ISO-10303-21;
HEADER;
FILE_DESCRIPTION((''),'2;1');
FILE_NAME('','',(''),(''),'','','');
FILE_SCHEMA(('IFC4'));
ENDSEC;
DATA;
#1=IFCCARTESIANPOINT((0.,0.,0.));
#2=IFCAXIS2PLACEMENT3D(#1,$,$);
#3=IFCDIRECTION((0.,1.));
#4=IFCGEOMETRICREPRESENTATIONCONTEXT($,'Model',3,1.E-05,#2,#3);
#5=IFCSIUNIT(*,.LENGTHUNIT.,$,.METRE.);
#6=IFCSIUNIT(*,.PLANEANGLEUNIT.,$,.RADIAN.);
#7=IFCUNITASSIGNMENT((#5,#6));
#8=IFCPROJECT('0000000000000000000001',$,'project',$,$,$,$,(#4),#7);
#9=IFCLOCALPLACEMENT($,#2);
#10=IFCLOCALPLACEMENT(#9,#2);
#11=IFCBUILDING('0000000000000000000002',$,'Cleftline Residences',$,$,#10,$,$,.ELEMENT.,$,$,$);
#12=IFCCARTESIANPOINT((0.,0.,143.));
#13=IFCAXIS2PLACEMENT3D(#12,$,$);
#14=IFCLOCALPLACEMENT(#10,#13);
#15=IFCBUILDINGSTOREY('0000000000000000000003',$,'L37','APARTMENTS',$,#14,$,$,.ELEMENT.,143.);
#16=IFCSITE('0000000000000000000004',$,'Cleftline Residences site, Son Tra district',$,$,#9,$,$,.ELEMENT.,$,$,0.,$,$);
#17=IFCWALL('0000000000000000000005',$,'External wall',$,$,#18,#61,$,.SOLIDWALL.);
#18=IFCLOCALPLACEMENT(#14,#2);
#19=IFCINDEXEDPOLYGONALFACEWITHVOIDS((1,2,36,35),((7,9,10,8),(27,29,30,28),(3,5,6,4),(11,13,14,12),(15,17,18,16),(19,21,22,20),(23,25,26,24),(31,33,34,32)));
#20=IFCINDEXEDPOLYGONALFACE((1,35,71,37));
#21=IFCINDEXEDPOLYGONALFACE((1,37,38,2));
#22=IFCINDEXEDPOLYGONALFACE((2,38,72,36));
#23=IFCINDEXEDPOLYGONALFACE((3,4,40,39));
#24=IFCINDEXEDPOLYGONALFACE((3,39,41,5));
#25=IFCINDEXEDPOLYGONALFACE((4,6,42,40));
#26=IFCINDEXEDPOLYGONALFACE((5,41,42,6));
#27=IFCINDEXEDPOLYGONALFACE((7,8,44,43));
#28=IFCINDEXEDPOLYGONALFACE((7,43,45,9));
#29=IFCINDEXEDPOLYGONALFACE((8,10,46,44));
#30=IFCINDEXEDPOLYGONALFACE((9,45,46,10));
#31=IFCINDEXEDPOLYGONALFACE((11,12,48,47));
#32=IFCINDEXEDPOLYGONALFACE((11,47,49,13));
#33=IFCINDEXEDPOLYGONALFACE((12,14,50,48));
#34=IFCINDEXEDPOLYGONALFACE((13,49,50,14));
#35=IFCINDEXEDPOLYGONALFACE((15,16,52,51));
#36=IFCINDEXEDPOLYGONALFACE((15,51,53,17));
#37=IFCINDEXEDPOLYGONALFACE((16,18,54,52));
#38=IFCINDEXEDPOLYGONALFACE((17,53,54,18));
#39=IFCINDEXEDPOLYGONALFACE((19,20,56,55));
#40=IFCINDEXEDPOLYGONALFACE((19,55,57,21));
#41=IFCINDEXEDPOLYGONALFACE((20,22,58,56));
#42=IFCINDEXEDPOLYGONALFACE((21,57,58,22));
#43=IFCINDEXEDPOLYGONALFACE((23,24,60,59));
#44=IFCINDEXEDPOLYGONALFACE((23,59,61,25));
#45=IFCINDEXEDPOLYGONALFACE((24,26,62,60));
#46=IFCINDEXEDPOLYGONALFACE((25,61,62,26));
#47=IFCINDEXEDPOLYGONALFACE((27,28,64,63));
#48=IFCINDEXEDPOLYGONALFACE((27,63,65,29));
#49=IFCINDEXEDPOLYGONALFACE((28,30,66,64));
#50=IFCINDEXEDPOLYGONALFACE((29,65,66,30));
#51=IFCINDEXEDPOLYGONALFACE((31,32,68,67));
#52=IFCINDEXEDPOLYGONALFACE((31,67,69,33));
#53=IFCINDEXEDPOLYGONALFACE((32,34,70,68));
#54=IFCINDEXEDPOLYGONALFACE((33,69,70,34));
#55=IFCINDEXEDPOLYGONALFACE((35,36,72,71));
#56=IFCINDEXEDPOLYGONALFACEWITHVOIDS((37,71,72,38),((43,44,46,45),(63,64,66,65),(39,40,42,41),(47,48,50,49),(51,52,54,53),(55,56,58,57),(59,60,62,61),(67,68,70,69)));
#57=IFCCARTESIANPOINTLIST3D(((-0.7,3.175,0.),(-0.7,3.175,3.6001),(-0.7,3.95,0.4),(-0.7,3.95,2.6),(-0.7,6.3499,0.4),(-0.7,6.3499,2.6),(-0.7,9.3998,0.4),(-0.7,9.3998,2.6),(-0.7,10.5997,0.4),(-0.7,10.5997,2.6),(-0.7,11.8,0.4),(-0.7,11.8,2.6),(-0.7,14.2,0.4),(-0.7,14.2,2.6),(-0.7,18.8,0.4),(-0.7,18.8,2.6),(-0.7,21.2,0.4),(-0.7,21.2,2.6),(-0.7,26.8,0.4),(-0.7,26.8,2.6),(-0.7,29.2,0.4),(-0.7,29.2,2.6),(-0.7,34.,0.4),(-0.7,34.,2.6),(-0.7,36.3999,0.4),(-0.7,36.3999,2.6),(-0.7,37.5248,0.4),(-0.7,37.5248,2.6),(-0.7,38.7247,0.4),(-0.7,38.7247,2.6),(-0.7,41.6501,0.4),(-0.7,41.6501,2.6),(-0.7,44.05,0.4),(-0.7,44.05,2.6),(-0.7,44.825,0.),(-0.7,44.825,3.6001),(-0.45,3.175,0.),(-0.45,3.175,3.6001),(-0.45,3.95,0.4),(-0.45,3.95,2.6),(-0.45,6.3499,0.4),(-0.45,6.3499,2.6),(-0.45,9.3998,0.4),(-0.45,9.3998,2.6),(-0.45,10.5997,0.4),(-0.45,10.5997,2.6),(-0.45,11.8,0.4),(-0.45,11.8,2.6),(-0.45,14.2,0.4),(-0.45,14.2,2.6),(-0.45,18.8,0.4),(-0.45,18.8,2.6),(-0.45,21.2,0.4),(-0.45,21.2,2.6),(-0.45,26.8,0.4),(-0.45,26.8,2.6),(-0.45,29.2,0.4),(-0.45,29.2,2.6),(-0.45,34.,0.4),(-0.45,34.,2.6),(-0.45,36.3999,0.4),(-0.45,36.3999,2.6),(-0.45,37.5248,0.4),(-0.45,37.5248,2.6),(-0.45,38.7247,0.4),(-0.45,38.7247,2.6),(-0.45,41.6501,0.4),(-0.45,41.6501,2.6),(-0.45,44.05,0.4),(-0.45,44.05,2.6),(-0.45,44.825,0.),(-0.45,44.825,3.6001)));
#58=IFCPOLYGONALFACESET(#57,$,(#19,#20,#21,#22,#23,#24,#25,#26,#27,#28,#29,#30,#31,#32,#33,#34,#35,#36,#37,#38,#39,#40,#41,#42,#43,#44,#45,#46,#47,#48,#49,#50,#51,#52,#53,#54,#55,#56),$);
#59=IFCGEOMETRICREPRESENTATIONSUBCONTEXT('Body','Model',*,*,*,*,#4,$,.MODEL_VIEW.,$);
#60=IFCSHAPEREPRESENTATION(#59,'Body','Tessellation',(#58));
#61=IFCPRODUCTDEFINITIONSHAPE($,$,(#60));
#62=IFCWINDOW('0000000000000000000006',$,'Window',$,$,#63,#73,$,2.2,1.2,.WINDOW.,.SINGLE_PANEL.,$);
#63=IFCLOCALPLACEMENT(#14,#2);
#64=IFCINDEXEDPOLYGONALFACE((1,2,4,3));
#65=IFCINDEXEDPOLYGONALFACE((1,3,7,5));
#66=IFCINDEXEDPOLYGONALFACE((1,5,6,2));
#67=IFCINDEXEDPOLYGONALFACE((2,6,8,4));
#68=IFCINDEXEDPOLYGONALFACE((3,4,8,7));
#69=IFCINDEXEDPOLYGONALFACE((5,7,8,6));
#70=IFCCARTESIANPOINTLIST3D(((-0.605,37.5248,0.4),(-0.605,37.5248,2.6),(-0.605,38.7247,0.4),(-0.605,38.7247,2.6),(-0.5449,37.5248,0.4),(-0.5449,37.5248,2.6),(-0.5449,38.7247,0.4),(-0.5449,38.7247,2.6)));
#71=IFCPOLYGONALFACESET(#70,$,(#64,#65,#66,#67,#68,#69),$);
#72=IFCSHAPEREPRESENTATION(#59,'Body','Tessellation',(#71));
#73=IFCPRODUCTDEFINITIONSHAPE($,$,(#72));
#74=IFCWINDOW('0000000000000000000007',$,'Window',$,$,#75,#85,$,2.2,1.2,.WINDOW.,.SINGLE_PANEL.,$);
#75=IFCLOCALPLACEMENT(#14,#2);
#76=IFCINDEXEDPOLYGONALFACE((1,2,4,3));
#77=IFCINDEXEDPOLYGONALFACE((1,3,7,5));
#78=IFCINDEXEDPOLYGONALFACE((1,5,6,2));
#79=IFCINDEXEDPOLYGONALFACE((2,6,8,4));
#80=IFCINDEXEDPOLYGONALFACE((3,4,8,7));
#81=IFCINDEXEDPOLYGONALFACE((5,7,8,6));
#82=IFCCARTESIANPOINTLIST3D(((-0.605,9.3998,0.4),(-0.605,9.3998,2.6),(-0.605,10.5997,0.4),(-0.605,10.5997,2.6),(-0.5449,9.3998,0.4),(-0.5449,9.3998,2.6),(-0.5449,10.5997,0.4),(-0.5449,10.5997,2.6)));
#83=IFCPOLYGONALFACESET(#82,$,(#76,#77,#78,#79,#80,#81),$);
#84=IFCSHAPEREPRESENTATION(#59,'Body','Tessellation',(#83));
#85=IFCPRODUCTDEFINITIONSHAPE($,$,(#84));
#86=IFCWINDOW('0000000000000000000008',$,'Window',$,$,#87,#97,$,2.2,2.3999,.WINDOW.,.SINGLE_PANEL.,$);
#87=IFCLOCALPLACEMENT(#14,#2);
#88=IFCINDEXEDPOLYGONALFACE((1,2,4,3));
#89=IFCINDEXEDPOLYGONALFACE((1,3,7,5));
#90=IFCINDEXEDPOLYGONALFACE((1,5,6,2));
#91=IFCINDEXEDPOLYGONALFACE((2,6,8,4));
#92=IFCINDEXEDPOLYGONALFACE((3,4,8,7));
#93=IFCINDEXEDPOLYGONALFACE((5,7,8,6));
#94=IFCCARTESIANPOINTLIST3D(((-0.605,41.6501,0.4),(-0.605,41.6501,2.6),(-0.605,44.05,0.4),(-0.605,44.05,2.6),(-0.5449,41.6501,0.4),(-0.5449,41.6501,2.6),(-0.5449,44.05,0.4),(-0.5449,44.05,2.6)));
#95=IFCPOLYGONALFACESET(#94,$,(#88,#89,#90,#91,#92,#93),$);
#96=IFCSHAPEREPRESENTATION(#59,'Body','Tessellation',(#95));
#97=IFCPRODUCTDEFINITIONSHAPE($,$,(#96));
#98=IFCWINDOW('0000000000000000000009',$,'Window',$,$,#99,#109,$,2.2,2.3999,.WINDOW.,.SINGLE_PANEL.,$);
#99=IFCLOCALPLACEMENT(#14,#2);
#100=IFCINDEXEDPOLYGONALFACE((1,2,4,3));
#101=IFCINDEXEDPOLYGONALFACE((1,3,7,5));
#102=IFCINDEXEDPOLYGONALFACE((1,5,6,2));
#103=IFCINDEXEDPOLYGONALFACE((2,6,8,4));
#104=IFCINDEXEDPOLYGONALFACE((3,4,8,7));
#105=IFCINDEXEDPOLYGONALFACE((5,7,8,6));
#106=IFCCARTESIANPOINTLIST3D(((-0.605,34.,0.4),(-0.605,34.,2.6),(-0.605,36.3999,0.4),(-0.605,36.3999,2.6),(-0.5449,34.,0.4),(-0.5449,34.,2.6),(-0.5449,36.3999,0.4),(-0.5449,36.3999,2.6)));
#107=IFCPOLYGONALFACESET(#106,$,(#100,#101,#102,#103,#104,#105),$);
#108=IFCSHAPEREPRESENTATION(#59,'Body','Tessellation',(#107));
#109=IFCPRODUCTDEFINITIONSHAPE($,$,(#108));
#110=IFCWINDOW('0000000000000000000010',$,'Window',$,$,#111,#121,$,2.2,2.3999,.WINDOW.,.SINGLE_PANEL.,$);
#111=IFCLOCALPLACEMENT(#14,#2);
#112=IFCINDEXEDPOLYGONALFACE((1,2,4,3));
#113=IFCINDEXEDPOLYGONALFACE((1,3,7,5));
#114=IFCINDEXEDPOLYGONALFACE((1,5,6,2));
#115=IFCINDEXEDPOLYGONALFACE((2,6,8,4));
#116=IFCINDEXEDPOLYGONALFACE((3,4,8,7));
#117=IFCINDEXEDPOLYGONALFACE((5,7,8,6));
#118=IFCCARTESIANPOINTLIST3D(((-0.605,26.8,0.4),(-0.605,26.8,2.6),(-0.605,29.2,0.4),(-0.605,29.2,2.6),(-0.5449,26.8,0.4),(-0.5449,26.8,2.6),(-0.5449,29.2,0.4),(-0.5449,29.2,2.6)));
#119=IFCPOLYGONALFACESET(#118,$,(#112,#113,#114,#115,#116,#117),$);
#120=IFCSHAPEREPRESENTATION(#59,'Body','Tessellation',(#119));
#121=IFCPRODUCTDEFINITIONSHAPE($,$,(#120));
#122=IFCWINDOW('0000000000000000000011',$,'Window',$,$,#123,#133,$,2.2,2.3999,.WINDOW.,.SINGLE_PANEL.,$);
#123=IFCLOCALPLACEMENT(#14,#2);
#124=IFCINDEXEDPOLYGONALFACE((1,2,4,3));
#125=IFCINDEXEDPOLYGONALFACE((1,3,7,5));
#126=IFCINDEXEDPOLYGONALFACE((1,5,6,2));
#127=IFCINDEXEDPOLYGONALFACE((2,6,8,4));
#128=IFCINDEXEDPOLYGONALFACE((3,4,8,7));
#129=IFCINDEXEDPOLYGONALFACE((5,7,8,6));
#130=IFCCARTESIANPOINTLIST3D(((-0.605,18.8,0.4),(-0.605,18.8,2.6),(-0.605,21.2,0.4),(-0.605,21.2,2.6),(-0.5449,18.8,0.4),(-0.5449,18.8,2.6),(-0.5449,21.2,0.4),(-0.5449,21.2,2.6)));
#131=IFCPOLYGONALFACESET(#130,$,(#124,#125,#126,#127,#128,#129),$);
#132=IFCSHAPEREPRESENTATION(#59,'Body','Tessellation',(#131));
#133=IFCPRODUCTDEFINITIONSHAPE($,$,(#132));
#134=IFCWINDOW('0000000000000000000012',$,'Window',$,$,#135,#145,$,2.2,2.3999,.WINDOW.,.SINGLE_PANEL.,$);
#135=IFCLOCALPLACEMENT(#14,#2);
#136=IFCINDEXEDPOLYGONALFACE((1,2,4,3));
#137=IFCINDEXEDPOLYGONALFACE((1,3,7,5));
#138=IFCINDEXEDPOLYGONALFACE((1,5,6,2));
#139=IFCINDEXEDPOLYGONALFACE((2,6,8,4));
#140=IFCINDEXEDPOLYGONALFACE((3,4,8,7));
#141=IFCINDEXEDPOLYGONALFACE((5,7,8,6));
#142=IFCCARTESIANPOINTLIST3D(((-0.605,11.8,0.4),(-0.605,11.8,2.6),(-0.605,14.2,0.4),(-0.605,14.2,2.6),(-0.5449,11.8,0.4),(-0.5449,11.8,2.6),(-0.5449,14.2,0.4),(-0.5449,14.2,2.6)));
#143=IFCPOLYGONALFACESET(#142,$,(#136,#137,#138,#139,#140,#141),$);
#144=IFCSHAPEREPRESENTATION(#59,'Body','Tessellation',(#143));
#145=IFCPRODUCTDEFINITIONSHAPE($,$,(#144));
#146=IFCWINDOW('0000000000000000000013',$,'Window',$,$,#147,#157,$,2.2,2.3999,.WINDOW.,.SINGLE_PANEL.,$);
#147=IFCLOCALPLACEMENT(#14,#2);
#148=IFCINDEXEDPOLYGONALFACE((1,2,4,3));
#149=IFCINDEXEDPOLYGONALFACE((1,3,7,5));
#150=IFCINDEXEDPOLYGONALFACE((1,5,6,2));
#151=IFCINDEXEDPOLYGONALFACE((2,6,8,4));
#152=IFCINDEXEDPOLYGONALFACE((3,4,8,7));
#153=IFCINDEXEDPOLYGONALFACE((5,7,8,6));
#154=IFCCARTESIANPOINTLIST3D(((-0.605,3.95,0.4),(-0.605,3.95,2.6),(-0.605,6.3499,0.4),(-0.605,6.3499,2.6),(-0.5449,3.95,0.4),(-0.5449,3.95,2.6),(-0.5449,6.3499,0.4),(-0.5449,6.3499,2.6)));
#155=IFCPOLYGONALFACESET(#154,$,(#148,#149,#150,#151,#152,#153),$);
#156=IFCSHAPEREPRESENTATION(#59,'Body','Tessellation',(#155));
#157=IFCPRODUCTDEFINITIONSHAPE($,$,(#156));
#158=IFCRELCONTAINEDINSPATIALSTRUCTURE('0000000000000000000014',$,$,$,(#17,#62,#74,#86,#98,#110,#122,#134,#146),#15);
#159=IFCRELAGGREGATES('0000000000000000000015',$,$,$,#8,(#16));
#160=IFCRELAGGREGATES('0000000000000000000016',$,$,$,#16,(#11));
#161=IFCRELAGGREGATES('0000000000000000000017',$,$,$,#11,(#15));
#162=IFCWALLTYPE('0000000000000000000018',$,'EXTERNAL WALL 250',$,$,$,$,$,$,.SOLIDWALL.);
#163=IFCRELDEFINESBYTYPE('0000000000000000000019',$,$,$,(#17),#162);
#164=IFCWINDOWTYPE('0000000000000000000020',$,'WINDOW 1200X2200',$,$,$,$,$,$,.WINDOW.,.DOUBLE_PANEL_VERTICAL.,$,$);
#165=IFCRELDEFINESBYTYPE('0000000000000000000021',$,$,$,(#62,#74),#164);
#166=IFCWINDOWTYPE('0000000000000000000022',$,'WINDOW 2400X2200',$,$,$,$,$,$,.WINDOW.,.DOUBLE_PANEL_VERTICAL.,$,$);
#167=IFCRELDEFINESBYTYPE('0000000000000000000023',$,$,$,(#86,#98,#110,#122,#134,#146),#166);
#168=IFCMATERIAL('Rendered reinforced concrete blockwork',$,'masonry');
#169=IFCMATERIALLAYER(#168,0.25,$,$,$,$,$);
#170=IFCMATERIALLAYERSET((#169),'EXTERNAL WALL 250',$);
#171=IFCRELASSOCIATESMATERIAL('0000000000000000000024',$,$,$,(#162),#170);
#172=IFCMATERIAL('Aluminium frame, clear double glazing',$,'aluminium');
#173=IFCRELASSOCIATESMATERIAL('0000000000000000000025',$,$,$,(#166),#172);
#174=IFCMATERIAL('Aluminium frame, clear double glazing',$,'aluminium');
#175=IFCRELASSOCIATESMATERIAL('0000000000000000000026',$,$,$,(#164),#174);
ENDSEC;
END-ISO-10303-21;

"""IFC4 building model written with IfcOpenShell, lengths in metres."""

from ifc_helpers import new_model, si_unit, direction, frame, frame_2d, origin, place, context, subcontext, project, spatial, rectangle, extrude, material, layer, layer_set, type_object, element, fill, save


model = new_model("IFC4")

# Units and contexts
model_context = context("Model", 3, precision=1e-05, world=origin(), true_north=direction((0.0, 1.0)))
body_context = subcontext(model_context, "Body", "Model", "MODEL_VIEW")
ifc_project = project(units=[si_unit("LENGTHUNIT", "METRE"), si_unit("PLANEANGLEUNIT", "RADIAN")], contexts=[model_context])

# Site, building, storey
site_placement = place(None, origin())
site = spatial("IfcSite", under=ifc_project, at=site_placement, Name="Cleftline Residences site, Son Tra district", CompositionType="ELEMENT", RefElevation=0.0)
building_placement = place(site_placement, origin())
building = spatial("IfcBuilding", under=site, at=building_placement, Name="Cleftline Residences", CompositionType="ELEMENT")
storey_placement = place(building_placement, frame((0.0, 0.0, 143.0)))
storey = spatial("IfcBuildingStorey", under=building, at=storey_placement, Name="L37", Description="APARTMENTS", CompositionType="ELEMENT", Elevation=143.0)

# Shared definitions
ifc_material_1 = material(Name="Rendered reinforced concrete blockwork", Category="masonry")
ifc_layer_1 = layer(ifc_material_1, 0.25)
ifc_layer_set_1 = layer_set([ifc_layer_1], Name="EXTERNAL WALL 250")
wall_type = type_object("IfcWallType", Name="EXTERNAL WALL 250", PredefinedType="SOLIDWALL", material=ifc_layer_set_1)
ifc_material_2 = material(Name="Aluminium frame, clear double glazing", Category="aluminium")
window_type_1 = type_object("IfcWindowType", Name="WINDOW 2400X2200", PartitioningType="DOUBLE_PANEL_VERTICAL", PredefinedType="WINDOW", material=ifc_material_2)

# Wall, openings, windows
ifc_material_3 = material(Name="Aluminium frame, clear double glazing", Category="aluminium")
window_type_2 = type_object("IfcWindowType", Name="WINDOW 1200X2200", PartitioningType="DOUBLE_PANEL_VERTICAL", PredefinedType="WINDOW", material=ifc_material_3)
wall_1_placement = place(storey_placement, frame((-0.575, 44.825, 0.0), z_axis=(0.0, 0.0, 1.0), x_axis=(0.0, -1.0, 0.0)))
wall_1 = element("IfcWall", 1, at=wall_1_placement, inside=storey, type_object=wall_type, Name="External wall", PredefinedType="SOLIDWALL", context=body_context, shape_type="SweptSolid", body=[
    extrude(rectangle(XDim=41.6499, YDim=0.25, at=frame_2d((20.825, 0.0))), origin(), (0.0, 0.0, 1.0), 3.6001),
])
opening_1_placement = place(wall_1_placement, frame((0.7749, 0.0, 0.3999)))
opening_1 = element("IfcOpeningElement", 2, at=opening_1_placement, cuts=wall_1, PredefinedType="OPENING", context=body_context, shape_type="SweptSolid", body=[
    extrude(rectangle(XDim=2.3999, YDim=2.2, at=frame_2d((1.2, 1.1001))), frame((0.0, 0.135, 0.0), z_axis=(0.0, -1.0, 0.0), x_axis=(1.0, 0.0, 0.0)), (0.0, 0.0, 1.0), 0.27),
])
opening_2_placement = place(wall_1_placement, frame((6.1001, 0.0, 0.3999)))
opening_2 = element("IfcOpeningElement", 3, at=opening_2_placement, cuts=wall_1, PredefinedType="OPENING", context=body_context, shape_type="SweptSolid", body=[
    extrude(rectangle(XDim=1.2, YDim=2.2, at=frame_2d((0.6001, 1.1001))), frame((0.0, 0.135, 0.0), z_axis=(0.0, -1.0, 0.0), x_axis=(1.0, 0.0, 0.0)), (0.0, 0.0, 1.0), 0.27),
])
opening_3_placement = place(wall_1_placement, frame((8.425, 0.0, 0.3999)))
opening_3 = element("IfcOpeningElement", 4, at=opening_3_placement, cuts=wall_1, PredefinedType="OPENING", context=body_context, shape_type="SweptSolid", body=[
    extrude(rectangle(XDim=2.3999, YDim=2.2, at=frame_2d((1.2, 1.1001))), frame((0.0, 0.135, 0.0), z_axis=(0.0, -1.0, 0.0), x_axis=(1.0, 0.0, 0.0)), (0.0, 0.0, 1.0), 0.27),
])
opening_4_placement = place(wall_1_placement, frame((15.625, 0.0, 0.3999)))
opening_4 = element("IfcOpeningElement", 5, at=opening_4_placement, cuts=wall_1, PredefinedType="OPENING", context=body_context, shape_type="SweptSolid", body=[
    extrude(rectangle(XDim=2.3999, YDim=2.2, at=frame_2d((1.2, 1.1001))), frame((0.0, 0.135, 0.0), z_axis=(0.0, -1.0, 0.0), x_axis=(1.0, 0.0, 0.0)), (0.0, 0.0, 1.0), 0.27),
])
opening_5_placement = place(wall_1_placement, frame((23.625, 0.0, 0.3999)))
opening_5 = element("IfcOpeningElement", 6, at=opening_5_placement, cuts=wall_1, PredefinedType="OPENING", context=body_context, shape_type="SweptSolid", body=[
    extrude(rectangle(XDim=2.3999, YDim=2.2, at=frame_2d((1.2, 1.1001))), frame((0.0, 0.135, 0.0), z_axis=(0.0, -1.0, 0.0), x_axis=(1.0, 0.0, 0.0)), (0.0, 0.0, 1.0), 0.27),
])
opening_6_placement = place(wall_1_placement, frame((30.625, 0.0, 0.3999)))
opening_6 = element("IfcOpeningElement", 7, at=opening_6_placement, cuts=wall_1, PredefinedType="OPENING", context=body_context, shape_type="SweptSolid", body=[
    extrude(rectangle(XDim=2.3999, YDim=2.2, at=frame_2d((1.2, 1.1001))), frame((0.0, 0.135, 0.0), z_axis=(0.0, -1.0, 0.0), x_axis=(1.0, 0.0, 0.0)), (0.0, 0.0, 1.0), 0.27),
])
opening_7_placement = place(wall_1_placement, frame((34.2251, 0.0, 0.3999)))
opening_7 = element("IfcOpeningElement", 8, at=opening_7_placement, cuts=wall_1, PredefinedType="OPENING", context=body_context, shape_type="SweptSolid", body=[
    extrude(rectangle(XDim=1.2, YDim=2.2, at=frame_2d((0.6001, 1.1001))), frame((0.0, 0.135, 0.0), z_axis=(0.0, -1.0, 0.0), x_axis=(1.0, 0.0, 0.0)), (0.0, 0.0, 1.0), 0.27),
])
opening_8_placement = place(wall_1_placement, frame((38.4751, 0.0, 0.3999)))
opening_8 = element("IfcOpeningElement", 9, at=opening_8_placement, cuts=wall_1, PredefinedType="OPENING", context=body_context, shape_type="SweptSolid", body=[
    extrude(rectangle(XDim=2.3999, YDim=2.2, at=frame_2d((1.2, 1.1001))), frame((0.0, 0.135, 0.0), z_axis=(0.0, -1.0, 0.0), x_axis=(1.0, 0.0, 0.0)), (0.0, 0.0, 1.0), 0.27),
])
window_1_placement = place(opening_2_placement, origin())
window_1 = element("IfcWindow", 10, at=window_1_placement, inside=storey, type_object=window_type_2, Name="Window", OverallHeight=2.2, OverallWidth=1.2, PartitioningType="SINGLE_PANEL", PredefinedType="WINDOW", context=body_context, shape_type="SweptSolid", body=[
    extrude(rectangle(XDim=1.2, YDim=2.2, at=frame_2d((0.6001, 1.1001))), frame((0.0, 0.03, 0.0), z_axis=(0.0, -1.0, 0.0), x_axis=(1.0, 0.0, 0.0)), (0.0, 0.0, 1.0), 0.0601),
])
fill(opening_2, window_1)
window_2_placement = place(opening_7_placement, origin())
window_2 = element("IfcWindow", 11, at=window_2_placement, inside=storey, type_object=window_type_2, Name="Window", OverallHeight=2.2, OverallWidth=1.2, PartitioningType="SINGLE_PANEL", PredefinedType="WINDOW", context=body_context, shape_type="SweptSolid", body=[
    extrude(rectangle(XDim=1.2, YDim=2.2, at=frame_2d((0.6001, 1.1001))), frame((0.0, 0.03, 0.0), z_axis=(0.0, -1.0, 0.0), x_axis=(1.0, 0.0, 0.0)), (0.0, 0.0, 1.0), 0.0601),
])
fill(opening_7, window_2)
window_3_placement = place(opening_1_placement, origin())
window_3 = element("IfcWindow", 12, at=window_3_placement, inside=storey, type_object=window_type_1, Name="Window", OverallHeight=2.2, OverallWidth=2.3999, PartitioningType="SINGLE_PANEL", PredefinedType="WINDOW", context=body_context, shape_type="SweptSolid", body=[
    extrude(rectangle(XDim=2.3999, YDim=2.2, at=frame_2d((1.2, 1.1001))), frame((0.0, 0.03, 0.0), z_axis=(0.0, -1.0, 0.0), x_axis=(1.0, 0.0, 0.0)), (0.0, 0.0, 1.0), 0.0601),
])
fill(opening_1, window_3)
window_4_placement = place(opening_3_placement, origin())
window_4 = element("IfcWindow", 13, at=window_4_placement, inside=storey, type_object=window_type_1, Name="Window", OverallHeight=2.2, OverallWidth=2.3999, PartitioningType="SINGLE_PANEL", PredefinedType="WINDOW", context=body_context, shape_type="SweptSolid", body=[
    extrude(rectangle(XDim=2.3999, YDim=2.2, at=frame_2d((1.2, 1.1001))), frame((0.0, 0.03, 0.0), z_axis=(0.0, -1.0, 0.0), x_axis=(1.0, 0.0, 0.0)), (0.0, 0.0, 1.0), 0.0601),
])
fill(opening_3, window_4)
window_5_placement = place(opening_4_placement, origin())
window_5 = element("IfcWindow", 14, at=window_5_placement, inside=storey, type_object=window_type_1, Name="Window", OverallHeight=2.2, OverallWidth=2.3999, PartitioningType="SINGLE_PANEL", PredefinedType="WINDOW", context=body_context, shape_type="SweptSolid", body=[
    extrude(rectangle(XDim=2.3999, YDim=2.2, at=frame_2d((1.2, 1.1001))), frame((0.0, 0.03, 0.0), z_axis=(0.0, -1.0, 0.0), x_axis=(1.0, 0.0, 0.0)), (0.0, 0.0, 1.0), 0.0601),
])
fill(opening_4, window_5)
window_6_placement = place(opening_5_placement, origin())
window_6 = element("IfcWindow", 15, at=window_6_placement, inside=storey, type_object=window_type_1, Name="Window", OverallHeight=2.2, OverallWidth=2.3999, PartitioningType="SINGLE_PANEL", PredefinedType="WINDOW", context=body_context, shape_type="SweptSolid", body=[
    extrude(rectangle(XDim=2.3999, YDim=2.2, at=frame_2d((1.2, 1.1001))), frame((0.0, 0.03, 0.0), z_axis=(0.0, -1.0, 0.0), x_axis=(1.0, 0.0, 0.0)), (0.0, 0.0, 1.0), 0.0601),
])
fill(opening_5, window_6)
window_7_placement = place(opening_6_placement, origin())
window_7 = element("IfcWindow", 16, at=window_7_placement, inside=storey, type_object=window_type_1, Name="Window", OverallHeight=2.2, OverallWidth=2.3999, PartitioningType="SINGLE_PANEL", PredefinedType="WINDOW", context=body_context, shape_type="SweptSolid", body=[
    extrude(rectangle(XDim=2.3999, YDim=2.2, at=frame_2d((1.2, 1.1001))), frame((0.0, 0.03, 0.0), z_axis=(0.0, -1.0, 0.0), x_axis=(1.0, 0.0, 0.0)), (0.0, 0.0, 1.0), 0.0601),
])
fill(opening_6, window_7)
window_8_placement = place(opening_8_placement, origin())
window_8 = element("IfcWindow", 17, at=window_8_placement, inside=storey, type_object=window_type_1, Name="Window", OverallHeight=2.2, OverallWidth=2.3999, PartitioningType="SINGLE_PANEL", PredefinedType="WINDOW", context=body_context, shape_type="SweptSolid", body=[
    extrude(rectangle(XDim=2.3999, YDim=2.2, at=frame_2d((1.2, 1.1001))), frame((0.0, 0.03, 0.0), z_axis=(0.0, -1.0, 0.0), x_axis=(1.0, 0.0, 0.0)), (0.0, 0.0, 1.0), 0.0601),
])
fill(opening_8, window_8)

save(model, "model.ifc")
